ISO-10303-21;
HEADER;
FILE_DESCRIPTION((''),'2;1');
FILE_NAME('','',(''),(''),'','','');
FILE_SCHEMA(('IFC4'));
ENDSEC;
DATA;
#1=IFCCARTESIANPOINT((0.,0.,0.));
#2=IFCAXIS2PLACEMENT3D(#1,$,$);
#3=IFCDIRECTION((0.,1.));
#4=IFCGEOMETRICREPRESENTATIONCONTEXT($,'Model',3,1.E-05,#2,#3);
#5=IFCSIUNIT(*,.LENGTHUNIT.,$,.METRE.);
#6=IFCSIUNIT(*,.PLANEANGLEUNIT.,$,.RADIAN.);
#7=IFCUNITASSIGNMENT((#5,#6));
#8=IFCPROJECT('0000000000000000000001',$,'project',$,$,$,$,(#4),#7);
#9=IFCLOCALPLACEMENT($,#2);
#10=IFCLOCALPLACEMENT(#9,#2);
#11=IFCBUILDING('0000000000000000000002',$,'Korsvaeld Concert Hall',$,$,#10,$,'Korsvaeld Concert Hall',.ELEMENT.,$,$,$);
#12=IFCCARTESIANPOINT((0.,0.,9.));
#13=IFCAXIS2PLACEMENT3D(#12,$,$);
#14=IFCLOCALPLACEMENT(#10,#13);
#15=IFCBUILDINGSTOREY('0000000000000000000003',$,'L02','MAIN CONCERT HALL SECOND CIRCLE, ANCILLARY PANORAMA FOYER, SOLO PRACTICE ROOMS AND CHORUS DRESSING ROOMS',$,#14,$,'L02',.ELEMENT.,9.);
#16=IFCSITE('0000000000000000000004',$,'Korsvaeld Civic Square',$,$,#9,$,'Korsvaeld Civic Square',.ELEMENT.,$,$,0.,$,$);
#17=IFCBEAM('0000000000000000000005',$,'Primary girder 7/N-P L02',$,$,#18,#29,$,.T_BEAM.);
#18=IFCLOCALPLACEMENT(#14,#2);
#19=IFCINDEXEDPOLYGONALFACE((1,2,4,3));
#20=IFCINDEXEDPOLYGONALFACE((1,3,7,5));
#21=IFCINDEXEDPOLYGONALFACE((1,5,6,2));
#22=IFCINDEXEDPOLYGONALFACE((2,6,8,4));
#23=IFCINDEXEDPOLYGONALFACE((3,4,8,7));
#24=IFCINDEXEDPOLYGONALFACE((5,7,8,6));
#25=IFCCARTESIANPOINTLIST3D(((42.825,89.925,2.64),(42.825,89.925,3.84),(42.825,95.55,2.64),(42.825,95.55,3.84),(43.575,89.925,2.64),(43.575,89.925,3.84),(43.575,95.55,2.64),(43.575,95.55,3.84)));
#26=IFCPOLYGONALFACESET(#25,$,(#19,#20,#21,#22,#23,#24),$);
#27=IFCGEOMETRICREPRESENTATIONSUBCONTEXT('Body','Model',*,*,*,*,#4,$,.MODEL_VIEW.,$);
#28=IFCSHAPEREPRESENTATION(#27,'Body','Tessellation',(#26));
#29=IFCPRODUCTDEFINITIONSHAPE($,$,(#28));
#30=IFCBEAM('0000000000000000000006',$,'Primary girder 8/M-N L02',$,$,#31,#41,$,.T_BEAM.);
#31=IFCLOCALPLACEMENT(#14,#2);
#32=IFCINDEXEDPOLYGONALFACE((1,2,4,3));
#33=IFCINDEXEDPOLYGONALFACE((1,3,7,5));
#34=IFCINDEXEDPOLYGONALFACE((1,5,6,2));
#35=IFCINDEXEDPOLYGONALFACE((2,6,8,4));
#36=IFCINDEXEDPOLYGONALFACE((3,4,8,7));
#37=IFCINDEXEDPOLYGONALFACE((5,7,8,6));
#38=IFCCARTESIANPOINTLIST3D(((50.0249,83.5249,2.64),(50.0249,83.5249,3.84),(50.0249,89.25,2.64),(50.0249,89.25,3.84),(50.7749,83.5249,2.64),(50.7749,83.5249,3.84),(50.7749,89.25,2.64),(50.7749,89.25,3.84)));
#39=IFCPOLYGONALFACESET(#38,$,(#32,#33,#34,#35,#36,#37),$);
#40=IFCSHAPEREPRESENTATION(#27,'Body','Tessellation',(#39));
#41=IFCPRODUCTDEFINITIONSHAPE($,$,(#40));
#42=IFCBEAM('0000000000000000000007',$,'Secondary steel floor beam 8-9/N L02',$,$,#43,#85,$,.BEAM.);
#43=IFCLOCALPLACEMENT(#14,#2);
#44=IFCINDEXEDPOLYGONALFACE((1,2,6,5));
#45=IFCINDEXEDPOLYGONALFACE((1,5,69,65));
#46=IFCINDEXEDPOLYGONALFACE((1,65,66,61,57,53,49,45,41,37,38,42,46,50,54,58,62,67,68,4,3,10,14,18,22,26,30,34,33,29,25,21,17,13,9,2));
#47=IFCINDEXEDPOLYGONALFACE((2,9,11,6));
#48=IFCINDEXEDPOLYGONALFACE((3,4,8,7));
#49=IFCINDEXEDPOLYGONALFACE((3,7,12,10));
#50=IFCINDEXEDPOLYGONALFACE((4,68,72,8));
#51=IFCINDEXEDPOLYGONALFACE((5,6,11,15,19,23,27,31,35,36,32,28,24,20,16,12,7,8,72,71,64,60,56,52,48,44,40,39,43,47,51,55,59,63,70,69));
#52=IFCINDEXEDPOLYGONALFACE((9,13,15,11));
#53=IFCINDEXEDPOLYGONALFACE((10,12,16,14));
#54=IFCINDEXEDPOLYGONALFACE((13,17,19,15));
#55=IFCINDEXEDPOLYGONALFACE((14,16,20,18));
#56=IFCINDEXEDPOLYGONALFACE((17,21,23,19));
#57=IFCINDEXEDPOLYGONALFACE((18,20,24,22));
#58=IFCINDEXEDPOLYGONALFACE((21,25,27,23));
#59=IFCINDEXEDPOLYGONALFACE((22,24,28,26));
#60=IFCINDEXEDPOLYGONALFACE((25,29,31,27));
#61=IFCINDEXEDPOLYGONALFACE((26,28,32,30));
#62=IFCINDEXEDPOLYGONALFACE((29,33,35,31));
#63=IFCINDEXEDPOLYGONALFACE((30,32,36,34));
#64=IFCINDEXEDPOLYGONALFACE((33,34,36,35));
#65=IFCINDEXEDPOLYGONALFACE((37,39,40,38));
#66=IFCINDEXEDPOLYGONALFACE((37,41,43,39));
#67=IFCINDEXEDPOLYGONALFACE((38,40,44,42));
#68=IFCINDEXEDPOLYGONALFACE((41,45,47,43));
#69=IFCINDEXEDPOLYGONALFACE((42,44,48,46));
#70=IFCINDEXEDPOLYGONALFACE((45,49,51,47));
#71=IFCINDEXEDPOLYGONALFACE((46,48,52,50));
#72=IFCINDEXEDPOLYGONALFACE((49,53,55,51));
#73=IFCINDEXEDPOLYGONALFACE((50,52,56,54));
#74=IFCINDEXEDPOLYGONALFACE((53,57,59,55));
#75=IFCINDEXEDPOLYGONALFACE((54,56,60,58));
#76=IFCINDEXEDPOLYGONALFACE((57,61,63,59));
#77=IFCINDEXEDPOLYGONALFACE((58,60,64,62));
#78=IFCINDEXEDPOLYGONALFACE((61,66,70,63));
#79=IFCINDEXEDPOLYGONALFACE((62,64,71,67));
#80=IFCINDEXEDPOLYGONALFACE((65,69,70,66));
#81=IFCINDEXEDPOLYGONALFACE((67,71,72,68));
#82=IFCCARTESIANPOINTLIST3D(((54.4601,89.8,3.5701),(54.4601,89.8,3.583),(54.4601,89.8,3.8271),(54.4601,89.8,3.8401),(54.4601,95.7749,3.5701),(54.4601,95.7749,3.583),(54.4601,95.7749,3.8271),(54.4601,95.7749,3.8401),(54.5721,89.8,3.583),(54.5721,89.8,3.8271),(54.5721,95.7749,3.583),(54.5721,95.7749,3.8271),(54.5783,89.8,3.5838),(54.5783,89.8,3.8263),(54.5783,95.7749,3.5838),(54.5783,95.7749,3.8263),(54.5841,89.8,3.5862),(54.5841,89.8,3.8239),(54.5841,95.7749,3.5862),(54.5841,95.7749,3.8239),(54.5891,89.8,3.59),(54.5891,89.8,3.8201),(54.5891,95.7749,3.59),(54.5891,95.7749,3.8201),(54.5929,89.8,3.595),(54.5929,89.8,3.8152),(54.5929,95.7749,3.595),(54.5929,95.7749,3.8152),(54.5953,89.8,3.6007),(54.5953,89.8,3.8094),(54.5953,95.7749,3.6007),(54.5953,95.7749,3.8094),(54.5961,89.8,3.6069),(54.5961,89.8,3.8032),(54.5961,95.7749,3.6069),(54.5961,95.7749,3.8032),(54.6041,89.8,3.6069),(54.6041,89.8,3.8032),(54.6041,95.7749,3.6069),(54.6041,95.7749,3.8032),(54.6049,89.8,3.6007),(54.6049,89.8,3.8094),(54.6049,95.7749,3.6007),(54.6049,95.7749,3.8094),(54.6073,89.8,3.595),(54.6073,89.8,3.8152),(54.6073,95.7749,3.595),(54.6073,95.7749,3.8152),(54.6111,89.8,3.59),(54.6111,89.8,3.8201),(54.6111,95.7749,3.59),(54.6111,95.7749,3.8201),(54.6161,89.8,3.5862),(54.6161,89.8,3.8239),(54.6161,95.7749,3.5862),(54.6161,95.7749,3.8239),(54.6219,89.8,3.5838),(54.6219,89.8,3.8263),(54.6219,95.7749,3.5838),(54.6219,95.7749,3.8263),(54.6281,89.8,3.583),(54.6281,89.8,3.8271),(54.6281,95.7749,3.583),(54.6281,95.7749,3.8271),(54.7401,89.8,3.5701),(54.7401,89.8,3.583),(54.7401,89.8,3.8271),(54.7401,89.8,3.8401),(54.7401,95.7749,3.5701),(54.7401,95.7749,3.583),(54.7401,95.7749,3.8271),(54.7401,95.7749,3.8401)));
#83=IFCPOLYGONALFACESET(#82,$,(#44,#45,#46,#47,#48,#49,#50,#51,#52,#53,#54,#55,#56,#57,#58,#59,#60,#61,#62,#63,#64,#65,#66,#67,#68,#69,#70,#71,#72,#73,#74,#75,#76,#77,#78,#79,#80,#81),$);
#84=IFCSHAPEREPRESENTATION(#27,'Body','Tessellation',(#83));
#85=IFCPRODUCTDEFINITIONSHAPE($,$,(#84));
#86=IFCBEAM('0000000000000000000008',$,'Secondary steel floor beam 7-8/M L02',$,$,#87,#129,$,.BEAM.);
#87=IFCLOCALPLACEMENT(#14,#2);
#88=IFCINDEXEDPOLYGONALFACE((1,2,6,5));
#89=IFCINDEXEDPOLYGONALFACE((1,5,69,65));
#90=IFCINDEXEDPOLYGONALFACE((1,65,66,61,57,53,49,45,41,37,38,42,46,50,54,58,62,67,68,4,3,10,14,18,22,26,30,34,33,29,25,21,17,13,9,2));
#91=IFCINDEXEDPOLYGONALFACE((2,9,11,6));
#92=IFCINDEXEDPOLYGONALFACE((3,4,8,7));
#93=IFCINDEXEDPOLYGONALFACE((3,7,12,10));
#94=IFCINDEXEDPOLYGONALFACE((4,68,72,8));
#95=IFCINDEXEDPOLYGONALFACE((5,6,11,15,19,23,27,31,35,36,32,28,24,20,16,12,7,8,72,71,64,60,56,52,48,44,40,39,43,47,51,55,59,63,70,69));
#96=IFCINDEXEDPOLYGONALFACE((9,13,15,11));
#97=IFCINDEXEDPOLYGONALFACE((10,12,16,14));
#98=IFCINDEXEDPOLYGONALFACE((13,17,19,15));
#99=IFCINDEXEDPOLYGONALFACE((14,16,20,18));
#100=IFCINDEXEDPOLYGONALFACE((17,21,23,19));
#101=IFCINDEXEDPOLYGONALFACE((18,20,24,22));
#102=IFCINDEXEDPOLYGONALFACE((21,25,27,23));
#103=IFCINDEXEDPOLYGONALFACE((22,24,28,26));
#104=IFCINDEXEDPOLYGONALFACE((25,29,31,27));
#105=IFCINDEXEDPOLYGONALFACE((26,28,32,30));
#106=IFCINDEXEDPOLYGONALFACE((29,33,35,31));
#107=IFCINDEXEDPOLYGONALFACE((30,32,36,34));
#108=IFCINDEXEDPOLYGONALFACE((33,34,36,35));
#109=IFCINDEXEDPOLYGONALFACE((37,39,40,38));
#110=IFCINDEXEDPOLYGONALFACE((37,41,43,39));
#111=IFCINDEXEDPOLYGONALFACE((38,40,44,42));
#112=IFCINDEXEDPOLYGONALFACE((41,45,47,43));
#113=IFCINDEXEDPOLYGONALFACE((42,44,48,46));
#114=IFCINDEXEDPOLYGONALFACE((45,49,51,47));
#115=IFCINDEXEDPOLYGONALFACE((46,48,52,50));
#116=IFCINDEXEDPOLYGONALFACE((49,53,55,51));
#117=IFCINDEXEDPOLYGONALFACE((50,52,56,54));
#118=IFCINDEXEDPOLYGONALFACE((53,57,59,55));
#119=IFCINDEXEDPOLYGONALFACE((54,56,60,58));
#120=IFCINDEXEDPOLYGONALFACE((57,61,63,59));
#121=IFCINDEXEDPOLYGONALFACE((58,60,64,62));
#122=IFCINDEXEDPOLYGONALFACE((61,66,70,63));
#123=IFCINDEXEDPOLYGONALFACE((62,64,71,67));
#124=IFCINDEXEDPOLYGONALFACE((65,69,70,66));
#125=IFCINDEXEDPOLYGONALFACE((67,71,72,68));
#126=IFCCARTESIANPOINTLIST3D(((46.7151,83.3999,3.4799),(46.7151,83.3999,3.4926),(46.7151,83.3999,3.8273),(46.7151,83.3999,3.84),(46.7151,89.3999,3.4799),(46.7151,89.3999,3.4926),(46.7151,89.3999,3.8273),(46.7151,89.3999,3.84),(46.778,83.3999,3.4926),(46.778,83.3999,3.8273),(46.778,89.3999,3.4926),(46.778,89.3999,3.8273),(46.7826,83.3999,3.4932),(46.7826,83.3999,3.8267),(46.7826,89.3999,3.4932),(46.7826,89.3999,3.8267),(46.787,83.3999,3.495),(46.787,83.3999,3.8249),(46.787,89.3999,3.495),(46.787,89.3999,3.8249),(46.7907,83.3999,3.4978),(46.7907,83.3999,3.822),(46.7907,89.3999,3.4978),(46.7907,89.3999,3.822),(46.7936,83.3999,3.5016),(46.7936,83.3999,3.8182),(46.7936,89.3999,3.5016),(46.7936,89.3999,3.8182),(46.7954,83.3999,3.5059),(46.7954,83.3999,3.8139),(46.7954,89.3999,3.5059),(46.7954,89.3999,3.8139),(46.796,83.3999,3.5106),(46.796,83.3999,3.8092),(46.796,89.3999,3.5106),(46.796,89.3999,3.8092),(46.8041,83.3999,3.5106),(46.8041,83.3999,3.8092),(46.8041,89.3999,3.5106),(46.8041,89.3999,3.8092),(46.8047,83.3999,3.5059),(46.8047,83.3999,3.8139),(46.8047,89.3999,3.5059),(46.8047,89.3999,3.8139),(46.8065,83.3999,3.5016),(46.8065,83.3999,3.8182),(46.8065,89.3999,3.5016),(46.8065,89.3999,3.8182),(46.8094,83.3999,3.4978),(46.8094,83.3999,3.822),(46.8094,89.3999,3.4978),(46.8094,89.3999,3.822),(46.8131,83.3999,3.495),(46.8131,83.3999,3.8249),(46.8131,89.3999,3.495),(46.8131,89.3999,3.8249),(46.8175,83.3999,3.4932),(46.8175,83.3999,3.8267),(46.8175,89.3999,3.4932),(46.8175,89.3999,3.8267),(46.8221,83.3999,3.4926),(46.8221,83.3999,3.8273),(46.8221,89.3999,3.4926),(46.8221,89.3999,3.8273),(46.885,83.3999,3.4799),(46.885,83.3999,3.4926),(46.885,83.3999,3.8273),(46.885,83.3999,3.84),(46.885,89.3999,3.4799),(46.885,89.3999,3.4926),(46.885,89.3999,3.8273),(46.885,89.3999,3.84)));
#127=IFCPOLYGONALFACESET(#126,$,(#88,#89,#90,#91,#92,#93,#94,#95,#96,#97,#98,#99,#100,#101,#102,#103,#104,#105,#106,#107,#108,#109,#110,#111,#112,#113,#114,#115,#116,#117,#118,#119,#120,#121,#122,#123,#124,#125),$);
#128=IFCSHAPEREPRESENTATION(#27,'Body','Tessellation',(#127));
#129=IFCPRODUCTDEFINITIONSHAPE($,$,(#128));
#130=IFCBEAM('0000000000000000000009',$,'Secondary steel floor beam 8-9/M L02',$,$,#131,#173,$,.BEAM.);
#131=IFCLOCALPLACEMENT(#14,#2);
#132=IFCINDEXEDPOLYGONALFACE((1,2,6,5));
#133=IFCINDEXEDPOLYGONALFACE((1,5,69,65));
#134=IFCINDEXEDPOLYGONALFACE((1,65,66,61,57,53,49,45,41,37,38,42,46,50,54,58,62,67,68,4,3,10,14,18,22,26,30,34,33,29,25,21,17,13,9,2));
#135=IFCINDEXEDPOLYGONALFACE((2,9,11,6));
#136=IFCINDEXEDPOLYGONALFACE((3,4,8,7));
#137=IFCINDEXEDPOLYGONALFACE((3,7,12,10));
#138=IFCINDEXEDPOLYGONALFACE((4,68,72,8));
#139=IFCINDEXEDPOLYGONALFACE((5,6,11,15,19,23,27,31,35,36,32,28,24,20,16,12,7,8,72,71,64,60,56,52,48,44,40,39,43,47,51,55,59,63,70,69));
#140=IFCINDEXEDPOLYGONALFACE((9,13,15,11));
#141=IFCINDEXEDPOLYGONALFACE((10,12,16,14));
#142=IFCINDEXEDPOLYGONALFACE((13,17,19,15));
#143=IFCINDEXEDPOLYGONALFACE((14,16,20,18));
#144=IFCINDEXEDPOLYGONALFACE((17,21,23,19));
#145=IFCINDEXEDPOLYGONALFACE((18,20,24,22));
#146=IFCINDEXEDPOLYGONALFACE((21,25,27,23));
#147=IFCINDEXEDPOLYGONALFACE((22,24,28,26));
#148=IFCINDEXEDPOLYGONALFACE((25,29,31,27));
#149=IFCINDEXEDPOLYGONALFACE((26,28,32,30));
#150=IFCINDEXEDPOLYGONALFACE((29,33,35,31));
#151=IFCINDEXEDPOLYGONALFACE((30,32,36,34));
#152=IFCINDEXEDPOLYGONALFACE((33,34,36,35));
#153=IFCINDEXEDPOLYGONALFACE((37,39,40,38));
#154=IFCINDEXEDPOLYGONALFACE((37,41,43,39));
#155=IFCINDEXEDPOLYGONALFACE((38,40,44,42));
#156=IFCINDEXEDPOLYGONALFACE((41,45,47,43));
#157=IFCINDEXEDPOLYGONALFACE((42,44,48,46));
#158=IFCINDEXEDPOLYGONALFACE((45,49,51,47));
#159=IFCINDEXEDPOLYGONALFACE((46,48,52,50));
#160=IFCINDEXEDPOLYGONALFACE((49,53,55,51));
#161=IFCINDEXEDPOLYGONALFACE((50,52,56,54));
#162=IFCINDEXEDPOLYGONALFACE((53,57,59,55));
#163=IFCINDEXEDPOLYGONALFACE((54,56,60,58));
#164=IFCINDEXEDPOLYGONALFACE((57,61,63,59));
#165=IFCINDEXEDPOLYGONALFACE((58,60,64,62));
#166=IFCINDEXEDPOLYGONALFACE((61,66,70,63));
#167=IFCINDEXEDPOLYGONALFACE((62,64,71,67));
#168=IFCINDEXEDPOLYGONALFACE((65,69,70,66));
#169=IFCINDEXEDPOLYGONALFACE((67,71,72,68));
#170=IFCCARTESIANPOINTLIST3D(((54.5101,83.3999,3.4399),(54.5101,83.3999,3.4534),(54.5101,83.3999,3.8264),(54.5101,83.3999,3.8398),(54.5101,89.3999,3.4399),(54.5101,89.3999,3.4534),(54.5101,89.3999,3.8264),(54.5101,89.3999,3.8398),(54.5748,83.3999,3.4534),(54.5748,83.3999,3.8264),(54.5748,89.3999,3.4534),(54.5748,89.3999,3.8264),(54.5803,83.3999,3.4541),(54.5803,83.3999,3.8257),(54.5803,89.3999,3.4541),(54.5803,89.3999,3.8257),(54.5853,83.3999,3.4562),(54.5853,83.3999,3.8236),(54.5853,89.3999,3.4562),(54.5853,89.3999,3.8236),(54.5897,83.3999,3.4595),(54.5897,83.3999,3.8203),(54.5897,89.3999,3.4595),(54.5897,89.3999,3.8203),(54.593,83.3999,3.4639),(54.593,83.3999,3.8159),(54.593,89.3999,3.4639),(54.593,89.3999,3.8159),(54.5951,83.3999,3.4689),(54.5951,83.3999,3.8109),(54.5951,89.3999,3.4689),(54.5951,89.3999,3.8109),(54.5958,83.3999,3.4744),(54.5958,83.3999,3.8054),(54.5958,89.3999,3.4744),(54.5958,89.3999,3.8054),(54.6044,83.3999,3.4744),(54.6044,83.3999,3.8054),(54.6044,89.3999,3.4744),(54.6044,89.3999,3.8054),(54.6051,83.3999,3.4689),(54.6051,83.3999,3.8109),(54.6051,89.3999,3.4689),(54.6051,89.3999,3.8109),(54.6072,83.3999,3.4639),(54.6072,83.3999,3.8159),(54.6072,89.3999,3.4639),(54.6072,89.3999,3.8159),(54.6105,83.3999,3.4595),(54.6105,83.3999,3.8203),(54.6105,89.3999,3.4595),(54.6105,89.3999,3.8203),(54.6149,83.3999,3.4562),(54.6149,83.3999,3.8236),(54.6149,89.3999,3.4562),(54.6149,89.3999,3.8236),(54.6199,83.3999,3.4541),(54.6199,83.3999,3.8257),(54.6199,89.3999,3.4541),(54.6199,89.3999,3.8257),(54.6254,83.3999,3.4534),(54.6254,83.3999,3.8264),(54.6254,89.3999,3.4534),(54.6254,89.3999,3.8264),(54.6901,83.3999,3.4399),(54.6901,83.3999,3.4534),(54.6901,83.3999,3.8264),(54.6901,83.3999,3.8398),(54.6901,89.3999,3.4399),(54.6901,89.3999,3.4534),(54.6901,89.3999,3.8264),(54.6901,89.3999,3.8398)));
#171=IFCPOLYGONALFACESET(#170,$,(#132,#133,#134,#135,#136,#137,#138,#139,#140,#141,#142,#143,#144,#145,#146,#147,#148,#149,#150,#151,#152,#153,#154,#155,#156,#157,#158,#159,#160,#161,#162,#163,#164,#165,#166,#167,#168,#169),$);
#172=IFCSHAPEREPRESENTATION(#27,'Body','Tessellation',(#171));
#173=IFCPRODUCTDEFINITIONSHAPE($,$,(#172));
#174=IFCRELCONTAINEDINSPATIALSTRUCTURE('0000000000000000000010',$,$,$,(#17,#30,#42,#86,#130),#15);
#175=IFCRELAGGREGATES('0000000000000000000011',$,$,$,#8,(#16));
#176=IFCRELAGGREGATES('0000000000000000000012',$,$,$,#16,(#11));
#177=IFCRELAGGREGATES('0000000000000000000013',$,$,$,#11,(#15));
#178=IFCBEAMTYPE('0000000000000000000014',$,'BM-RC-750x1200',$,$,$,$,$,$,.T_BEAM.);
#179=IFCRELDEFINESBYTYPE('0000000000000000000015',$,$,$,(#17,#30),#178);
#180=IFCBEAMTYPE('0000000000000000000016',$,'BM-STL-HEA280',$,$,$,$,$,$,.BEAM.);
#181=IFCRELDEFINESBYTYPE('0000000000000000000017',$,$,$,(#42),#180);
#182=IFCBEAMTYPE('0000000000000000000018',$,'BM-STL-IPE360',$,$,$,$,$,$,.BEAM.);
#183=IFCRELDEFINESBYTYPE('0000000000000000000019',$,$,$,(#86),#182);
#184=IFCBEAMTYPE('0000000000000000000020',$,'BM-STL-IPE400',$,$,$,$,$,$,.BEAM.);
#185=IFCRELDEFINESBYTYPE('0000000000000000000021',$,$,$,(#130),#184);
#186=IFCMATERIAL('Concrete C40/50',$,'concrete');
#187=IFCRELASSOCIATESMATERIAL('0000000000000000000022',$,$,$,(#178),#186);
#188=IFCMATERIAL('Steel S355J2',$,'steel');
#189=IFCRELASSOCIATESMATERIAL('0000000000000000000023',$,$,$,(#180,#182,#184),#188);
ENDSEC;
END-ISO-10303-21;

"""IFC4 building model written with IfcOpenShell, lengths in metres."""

from ifc_helpers import new_model, si_unit, direction, frame, origin, origin_2d, place, context, subcontext, project, spatial, rectangle, i_section, extrude, material, material_profile, profile_set, type_object, element, save


model = new_model("IFC4")

# Units and contexts
model_context = context("Model", 3, precision=1e-05, world=origin(), true_north=direction((0.0, 1.0)))
body_context = subcontext(model_context, "Body", "Model", "MODEL_VIEW")
ifc_project = project(units=[si_unit("LENGTHUNIT", "METRE"), si_unit("PLANEANGLEUNIT", "RADIAN")], contexts=[model_context])

# Site, building, storey
site_placement = place(None, origin())
site = spatial("IfcSite", under=ifc_project, at=site_placement, Name="Korsvaeld Civic Square", LongName="Korsvaeld Civic Square", CompositionType="ELEMENT", RefElevation=0.0)
building_placement = place(site_placement, origin())
building = spatial("IfcBuilding", under=site, at=building_placement, Name="Korsvaeld Concert Hall", LongName="Korsvaeld Concert Hall", CompositionType="ELEMENT")
storey_placement = place(building_placement, frame((0.0, 0.0, 9.0)))
storey = spatial("IfcBuildingStorey", under=building, at=storey_placement, Name="L02", Description="MAIN CONCERT HALL SECOND CIRCLE, ANCILLARY PANORAMA FOYER, SOLO PRACTICE ROOMS AND CHORUS DRESSING ROOMS", LongName="L02", CompositionType="ELEMENT", Elevation=9.0)

# Shared definitions
ifc_material_1 = material(Name="Concrete C40/50", Category="concrete")

# Beams
ifc_material_profile_1 = material_profile(ifc_material_1, rectangle(XDim=0.75, YDim=1.2, at=origin_2d()), Name="RC 750x1200")
ifc_profile_set_1 = profile_set([ifc_material_profile_1], Name="Concrete C40/50")
beam_type_1 = type_object("IfcBeamType", Name="BM-RC-750x1200", PredefinedType="T_BEAM", material=ifc_profile_set_1)
beam_1_placement = place(storey_placement, frame((43.2, 89.925, 3.24), z_axis=(0.0, 1.0, 0.0), x_axis=(-1.0, 0.0, 0.0)))
element("IfcBeam", 1, at=beam_1_placement, inside=storey, type_object=beam_type_1, Name="Primary girder 7/N-P L02", PredefinedType="T_BEAM", context=body_context, shape_type="SweptSolid", body=[
    extrude(rectangle(XDim=0.75, YDim=1.2, at=origin_2d()), origin(), (0.0, 0.0, 1.0), 5.625),
])
beam_2_placement = place(storey_placement, frame((50.3999, 83.5249, 3.24), z_axis=(0.0, 1.0, 0.0), x_axis=(-1.0, 0.0, 0.0)))
element("IfcBeam", 2, at=beam_2_placement, inside=storey, type_object=beam_type_1, Name="Primary girder 8/M-N L02", PredefinedType="T_BEAM", context=body_context, shape_type="SweptSolid", body=[
    extrude(rectangle(XDim=0.75, YDim=1.2, at=origin_2d()), origin(), (0.0, 0.0, 1.0), 5.7251),
])
ifc_material_2 = material(Name="Steel S355J2", Category="steel")
ifc_material_profile_2 = material_profile(ifc_material_2, i_section(OverallWidth=0.28, OverallDepth=0.27, WebThickness=0.0081, FlangeThickness=0.0129, FilletRadius=0.0239, at=origin_2d()), Name="HEA 280")
ifc_profile_set_2 = profile_set([ifc_material_profile_2], Name="Steel S355J2")
beam_type_2 = type_object("IfcBeamType", Name="BM-STL-HEA280", PredefinedType="BEAM", material=ifc_profile_set_2)
beam_3_placement = place(storey_placement, frame((54.6001, 89.8, 3.7051), z_axis=(0.0, 1.0, 0.0), x_axis=(-1.0, 0.0, 0.0)))
element("IfcBeam", 3, at=beam_3_placement, inside=storey, type_object=beam_type_2, Name="Secondary steel floor beam 8-9/N L02", PredefinedType="BEAM", context=body_context, shape_type="SweptSolid", body=[
    extrude(i_section(OverallWidth=0.28, OverallDepth=0.27, WebThickness=0.0081, FlangeThickness=0.0129, FilletRadius=0.0239, at=origin_2d()), origin(), (0.0, 0.0, 1.0), 5.9749),
])
ifc_material_profile_3 = material_profile(ifc_material_2, i_section(OverallWidth=0.1699, OverallDepth=0.3601, WebThickness=0.0081, FlangeThickness=0.0127, FilletRadius=0.0181, at=origin_2d()), Name="IPE 360")
ifc_profile_set_3 = profile_set([ifc_material_profile_3], Name="Steel S355J2")
beam_type_3 = type_object("IfcBeamType", Name="BM-STL-IPE360", PredefinedType="BEAM", material=ifc_profile_set_3)
beam_4_placement = place(storey_placement, frame((46.8, 83.3999, 3.6599), z_axis=(0.0, 1.0, 0.0), x_axis=(-1.0, 0.0, 0.0)))
element("IfcBeam", 4, at=beam_4_placement, inside=storey, type_object=beam_type_3, Name="Secondary steel floor beam 7-8/M L02", PredefinedType="BEAM", context=body_context, shape_type="SweptSolid", body=[
    extrude(i_section(OverallWidth=0.1699, OverallDepth=0.3601, WebThickness=0.0081, FlangeThickness=0.0127, FilletRadius=0.0181, at=origin_2d()), origin(), (0.0, 0.0, 1.0), 6.0),
])
ifc_material_profile_4 = material_profile(ifc_material_2, i_section(OverallWidth=0.1799, OverallDepth=0.3999, WebThickness=0.0085, FlangeThickness=0.0134, FilletRadius=0.021, at=origin_2d()), Name="IPE 400")
ifc_profile_set_4 = profile_set([ifc_material_profile_4], Name="Steel S355J2")
beam_type_4 = type_object("IfcBeamType", Name="BM-STL-IPE400", PredefinedType="BEAM", material=ifc_profile_set_4)
beam_5_placement = place(storey_placement, frame((54.6001, 83.3999, 3.6399), z_axis=(0.0, 1.0, 0.0), x_axis=(-1.0, 0.0, 0.0)))
element("IfcBeam", 5, at=beam_5_placement, inside=storey, type_object=beam_type_4, Name="Secondary steel floor beam 8-9/M L02", PredefinedType="BEAM", context=body_context, shape_type="SweptSolid", body=[
    extrude(i_section(OverallWidth=0.1799, OverallDepth=0.3999, WebThickness=0.0085, FlangeThickness=0.0134, FilletRadius=0.021, at=origin_2d()), origin(), (0.0, 0.0, 1.0), 6.0),
])

save(model, "model.ifc")
